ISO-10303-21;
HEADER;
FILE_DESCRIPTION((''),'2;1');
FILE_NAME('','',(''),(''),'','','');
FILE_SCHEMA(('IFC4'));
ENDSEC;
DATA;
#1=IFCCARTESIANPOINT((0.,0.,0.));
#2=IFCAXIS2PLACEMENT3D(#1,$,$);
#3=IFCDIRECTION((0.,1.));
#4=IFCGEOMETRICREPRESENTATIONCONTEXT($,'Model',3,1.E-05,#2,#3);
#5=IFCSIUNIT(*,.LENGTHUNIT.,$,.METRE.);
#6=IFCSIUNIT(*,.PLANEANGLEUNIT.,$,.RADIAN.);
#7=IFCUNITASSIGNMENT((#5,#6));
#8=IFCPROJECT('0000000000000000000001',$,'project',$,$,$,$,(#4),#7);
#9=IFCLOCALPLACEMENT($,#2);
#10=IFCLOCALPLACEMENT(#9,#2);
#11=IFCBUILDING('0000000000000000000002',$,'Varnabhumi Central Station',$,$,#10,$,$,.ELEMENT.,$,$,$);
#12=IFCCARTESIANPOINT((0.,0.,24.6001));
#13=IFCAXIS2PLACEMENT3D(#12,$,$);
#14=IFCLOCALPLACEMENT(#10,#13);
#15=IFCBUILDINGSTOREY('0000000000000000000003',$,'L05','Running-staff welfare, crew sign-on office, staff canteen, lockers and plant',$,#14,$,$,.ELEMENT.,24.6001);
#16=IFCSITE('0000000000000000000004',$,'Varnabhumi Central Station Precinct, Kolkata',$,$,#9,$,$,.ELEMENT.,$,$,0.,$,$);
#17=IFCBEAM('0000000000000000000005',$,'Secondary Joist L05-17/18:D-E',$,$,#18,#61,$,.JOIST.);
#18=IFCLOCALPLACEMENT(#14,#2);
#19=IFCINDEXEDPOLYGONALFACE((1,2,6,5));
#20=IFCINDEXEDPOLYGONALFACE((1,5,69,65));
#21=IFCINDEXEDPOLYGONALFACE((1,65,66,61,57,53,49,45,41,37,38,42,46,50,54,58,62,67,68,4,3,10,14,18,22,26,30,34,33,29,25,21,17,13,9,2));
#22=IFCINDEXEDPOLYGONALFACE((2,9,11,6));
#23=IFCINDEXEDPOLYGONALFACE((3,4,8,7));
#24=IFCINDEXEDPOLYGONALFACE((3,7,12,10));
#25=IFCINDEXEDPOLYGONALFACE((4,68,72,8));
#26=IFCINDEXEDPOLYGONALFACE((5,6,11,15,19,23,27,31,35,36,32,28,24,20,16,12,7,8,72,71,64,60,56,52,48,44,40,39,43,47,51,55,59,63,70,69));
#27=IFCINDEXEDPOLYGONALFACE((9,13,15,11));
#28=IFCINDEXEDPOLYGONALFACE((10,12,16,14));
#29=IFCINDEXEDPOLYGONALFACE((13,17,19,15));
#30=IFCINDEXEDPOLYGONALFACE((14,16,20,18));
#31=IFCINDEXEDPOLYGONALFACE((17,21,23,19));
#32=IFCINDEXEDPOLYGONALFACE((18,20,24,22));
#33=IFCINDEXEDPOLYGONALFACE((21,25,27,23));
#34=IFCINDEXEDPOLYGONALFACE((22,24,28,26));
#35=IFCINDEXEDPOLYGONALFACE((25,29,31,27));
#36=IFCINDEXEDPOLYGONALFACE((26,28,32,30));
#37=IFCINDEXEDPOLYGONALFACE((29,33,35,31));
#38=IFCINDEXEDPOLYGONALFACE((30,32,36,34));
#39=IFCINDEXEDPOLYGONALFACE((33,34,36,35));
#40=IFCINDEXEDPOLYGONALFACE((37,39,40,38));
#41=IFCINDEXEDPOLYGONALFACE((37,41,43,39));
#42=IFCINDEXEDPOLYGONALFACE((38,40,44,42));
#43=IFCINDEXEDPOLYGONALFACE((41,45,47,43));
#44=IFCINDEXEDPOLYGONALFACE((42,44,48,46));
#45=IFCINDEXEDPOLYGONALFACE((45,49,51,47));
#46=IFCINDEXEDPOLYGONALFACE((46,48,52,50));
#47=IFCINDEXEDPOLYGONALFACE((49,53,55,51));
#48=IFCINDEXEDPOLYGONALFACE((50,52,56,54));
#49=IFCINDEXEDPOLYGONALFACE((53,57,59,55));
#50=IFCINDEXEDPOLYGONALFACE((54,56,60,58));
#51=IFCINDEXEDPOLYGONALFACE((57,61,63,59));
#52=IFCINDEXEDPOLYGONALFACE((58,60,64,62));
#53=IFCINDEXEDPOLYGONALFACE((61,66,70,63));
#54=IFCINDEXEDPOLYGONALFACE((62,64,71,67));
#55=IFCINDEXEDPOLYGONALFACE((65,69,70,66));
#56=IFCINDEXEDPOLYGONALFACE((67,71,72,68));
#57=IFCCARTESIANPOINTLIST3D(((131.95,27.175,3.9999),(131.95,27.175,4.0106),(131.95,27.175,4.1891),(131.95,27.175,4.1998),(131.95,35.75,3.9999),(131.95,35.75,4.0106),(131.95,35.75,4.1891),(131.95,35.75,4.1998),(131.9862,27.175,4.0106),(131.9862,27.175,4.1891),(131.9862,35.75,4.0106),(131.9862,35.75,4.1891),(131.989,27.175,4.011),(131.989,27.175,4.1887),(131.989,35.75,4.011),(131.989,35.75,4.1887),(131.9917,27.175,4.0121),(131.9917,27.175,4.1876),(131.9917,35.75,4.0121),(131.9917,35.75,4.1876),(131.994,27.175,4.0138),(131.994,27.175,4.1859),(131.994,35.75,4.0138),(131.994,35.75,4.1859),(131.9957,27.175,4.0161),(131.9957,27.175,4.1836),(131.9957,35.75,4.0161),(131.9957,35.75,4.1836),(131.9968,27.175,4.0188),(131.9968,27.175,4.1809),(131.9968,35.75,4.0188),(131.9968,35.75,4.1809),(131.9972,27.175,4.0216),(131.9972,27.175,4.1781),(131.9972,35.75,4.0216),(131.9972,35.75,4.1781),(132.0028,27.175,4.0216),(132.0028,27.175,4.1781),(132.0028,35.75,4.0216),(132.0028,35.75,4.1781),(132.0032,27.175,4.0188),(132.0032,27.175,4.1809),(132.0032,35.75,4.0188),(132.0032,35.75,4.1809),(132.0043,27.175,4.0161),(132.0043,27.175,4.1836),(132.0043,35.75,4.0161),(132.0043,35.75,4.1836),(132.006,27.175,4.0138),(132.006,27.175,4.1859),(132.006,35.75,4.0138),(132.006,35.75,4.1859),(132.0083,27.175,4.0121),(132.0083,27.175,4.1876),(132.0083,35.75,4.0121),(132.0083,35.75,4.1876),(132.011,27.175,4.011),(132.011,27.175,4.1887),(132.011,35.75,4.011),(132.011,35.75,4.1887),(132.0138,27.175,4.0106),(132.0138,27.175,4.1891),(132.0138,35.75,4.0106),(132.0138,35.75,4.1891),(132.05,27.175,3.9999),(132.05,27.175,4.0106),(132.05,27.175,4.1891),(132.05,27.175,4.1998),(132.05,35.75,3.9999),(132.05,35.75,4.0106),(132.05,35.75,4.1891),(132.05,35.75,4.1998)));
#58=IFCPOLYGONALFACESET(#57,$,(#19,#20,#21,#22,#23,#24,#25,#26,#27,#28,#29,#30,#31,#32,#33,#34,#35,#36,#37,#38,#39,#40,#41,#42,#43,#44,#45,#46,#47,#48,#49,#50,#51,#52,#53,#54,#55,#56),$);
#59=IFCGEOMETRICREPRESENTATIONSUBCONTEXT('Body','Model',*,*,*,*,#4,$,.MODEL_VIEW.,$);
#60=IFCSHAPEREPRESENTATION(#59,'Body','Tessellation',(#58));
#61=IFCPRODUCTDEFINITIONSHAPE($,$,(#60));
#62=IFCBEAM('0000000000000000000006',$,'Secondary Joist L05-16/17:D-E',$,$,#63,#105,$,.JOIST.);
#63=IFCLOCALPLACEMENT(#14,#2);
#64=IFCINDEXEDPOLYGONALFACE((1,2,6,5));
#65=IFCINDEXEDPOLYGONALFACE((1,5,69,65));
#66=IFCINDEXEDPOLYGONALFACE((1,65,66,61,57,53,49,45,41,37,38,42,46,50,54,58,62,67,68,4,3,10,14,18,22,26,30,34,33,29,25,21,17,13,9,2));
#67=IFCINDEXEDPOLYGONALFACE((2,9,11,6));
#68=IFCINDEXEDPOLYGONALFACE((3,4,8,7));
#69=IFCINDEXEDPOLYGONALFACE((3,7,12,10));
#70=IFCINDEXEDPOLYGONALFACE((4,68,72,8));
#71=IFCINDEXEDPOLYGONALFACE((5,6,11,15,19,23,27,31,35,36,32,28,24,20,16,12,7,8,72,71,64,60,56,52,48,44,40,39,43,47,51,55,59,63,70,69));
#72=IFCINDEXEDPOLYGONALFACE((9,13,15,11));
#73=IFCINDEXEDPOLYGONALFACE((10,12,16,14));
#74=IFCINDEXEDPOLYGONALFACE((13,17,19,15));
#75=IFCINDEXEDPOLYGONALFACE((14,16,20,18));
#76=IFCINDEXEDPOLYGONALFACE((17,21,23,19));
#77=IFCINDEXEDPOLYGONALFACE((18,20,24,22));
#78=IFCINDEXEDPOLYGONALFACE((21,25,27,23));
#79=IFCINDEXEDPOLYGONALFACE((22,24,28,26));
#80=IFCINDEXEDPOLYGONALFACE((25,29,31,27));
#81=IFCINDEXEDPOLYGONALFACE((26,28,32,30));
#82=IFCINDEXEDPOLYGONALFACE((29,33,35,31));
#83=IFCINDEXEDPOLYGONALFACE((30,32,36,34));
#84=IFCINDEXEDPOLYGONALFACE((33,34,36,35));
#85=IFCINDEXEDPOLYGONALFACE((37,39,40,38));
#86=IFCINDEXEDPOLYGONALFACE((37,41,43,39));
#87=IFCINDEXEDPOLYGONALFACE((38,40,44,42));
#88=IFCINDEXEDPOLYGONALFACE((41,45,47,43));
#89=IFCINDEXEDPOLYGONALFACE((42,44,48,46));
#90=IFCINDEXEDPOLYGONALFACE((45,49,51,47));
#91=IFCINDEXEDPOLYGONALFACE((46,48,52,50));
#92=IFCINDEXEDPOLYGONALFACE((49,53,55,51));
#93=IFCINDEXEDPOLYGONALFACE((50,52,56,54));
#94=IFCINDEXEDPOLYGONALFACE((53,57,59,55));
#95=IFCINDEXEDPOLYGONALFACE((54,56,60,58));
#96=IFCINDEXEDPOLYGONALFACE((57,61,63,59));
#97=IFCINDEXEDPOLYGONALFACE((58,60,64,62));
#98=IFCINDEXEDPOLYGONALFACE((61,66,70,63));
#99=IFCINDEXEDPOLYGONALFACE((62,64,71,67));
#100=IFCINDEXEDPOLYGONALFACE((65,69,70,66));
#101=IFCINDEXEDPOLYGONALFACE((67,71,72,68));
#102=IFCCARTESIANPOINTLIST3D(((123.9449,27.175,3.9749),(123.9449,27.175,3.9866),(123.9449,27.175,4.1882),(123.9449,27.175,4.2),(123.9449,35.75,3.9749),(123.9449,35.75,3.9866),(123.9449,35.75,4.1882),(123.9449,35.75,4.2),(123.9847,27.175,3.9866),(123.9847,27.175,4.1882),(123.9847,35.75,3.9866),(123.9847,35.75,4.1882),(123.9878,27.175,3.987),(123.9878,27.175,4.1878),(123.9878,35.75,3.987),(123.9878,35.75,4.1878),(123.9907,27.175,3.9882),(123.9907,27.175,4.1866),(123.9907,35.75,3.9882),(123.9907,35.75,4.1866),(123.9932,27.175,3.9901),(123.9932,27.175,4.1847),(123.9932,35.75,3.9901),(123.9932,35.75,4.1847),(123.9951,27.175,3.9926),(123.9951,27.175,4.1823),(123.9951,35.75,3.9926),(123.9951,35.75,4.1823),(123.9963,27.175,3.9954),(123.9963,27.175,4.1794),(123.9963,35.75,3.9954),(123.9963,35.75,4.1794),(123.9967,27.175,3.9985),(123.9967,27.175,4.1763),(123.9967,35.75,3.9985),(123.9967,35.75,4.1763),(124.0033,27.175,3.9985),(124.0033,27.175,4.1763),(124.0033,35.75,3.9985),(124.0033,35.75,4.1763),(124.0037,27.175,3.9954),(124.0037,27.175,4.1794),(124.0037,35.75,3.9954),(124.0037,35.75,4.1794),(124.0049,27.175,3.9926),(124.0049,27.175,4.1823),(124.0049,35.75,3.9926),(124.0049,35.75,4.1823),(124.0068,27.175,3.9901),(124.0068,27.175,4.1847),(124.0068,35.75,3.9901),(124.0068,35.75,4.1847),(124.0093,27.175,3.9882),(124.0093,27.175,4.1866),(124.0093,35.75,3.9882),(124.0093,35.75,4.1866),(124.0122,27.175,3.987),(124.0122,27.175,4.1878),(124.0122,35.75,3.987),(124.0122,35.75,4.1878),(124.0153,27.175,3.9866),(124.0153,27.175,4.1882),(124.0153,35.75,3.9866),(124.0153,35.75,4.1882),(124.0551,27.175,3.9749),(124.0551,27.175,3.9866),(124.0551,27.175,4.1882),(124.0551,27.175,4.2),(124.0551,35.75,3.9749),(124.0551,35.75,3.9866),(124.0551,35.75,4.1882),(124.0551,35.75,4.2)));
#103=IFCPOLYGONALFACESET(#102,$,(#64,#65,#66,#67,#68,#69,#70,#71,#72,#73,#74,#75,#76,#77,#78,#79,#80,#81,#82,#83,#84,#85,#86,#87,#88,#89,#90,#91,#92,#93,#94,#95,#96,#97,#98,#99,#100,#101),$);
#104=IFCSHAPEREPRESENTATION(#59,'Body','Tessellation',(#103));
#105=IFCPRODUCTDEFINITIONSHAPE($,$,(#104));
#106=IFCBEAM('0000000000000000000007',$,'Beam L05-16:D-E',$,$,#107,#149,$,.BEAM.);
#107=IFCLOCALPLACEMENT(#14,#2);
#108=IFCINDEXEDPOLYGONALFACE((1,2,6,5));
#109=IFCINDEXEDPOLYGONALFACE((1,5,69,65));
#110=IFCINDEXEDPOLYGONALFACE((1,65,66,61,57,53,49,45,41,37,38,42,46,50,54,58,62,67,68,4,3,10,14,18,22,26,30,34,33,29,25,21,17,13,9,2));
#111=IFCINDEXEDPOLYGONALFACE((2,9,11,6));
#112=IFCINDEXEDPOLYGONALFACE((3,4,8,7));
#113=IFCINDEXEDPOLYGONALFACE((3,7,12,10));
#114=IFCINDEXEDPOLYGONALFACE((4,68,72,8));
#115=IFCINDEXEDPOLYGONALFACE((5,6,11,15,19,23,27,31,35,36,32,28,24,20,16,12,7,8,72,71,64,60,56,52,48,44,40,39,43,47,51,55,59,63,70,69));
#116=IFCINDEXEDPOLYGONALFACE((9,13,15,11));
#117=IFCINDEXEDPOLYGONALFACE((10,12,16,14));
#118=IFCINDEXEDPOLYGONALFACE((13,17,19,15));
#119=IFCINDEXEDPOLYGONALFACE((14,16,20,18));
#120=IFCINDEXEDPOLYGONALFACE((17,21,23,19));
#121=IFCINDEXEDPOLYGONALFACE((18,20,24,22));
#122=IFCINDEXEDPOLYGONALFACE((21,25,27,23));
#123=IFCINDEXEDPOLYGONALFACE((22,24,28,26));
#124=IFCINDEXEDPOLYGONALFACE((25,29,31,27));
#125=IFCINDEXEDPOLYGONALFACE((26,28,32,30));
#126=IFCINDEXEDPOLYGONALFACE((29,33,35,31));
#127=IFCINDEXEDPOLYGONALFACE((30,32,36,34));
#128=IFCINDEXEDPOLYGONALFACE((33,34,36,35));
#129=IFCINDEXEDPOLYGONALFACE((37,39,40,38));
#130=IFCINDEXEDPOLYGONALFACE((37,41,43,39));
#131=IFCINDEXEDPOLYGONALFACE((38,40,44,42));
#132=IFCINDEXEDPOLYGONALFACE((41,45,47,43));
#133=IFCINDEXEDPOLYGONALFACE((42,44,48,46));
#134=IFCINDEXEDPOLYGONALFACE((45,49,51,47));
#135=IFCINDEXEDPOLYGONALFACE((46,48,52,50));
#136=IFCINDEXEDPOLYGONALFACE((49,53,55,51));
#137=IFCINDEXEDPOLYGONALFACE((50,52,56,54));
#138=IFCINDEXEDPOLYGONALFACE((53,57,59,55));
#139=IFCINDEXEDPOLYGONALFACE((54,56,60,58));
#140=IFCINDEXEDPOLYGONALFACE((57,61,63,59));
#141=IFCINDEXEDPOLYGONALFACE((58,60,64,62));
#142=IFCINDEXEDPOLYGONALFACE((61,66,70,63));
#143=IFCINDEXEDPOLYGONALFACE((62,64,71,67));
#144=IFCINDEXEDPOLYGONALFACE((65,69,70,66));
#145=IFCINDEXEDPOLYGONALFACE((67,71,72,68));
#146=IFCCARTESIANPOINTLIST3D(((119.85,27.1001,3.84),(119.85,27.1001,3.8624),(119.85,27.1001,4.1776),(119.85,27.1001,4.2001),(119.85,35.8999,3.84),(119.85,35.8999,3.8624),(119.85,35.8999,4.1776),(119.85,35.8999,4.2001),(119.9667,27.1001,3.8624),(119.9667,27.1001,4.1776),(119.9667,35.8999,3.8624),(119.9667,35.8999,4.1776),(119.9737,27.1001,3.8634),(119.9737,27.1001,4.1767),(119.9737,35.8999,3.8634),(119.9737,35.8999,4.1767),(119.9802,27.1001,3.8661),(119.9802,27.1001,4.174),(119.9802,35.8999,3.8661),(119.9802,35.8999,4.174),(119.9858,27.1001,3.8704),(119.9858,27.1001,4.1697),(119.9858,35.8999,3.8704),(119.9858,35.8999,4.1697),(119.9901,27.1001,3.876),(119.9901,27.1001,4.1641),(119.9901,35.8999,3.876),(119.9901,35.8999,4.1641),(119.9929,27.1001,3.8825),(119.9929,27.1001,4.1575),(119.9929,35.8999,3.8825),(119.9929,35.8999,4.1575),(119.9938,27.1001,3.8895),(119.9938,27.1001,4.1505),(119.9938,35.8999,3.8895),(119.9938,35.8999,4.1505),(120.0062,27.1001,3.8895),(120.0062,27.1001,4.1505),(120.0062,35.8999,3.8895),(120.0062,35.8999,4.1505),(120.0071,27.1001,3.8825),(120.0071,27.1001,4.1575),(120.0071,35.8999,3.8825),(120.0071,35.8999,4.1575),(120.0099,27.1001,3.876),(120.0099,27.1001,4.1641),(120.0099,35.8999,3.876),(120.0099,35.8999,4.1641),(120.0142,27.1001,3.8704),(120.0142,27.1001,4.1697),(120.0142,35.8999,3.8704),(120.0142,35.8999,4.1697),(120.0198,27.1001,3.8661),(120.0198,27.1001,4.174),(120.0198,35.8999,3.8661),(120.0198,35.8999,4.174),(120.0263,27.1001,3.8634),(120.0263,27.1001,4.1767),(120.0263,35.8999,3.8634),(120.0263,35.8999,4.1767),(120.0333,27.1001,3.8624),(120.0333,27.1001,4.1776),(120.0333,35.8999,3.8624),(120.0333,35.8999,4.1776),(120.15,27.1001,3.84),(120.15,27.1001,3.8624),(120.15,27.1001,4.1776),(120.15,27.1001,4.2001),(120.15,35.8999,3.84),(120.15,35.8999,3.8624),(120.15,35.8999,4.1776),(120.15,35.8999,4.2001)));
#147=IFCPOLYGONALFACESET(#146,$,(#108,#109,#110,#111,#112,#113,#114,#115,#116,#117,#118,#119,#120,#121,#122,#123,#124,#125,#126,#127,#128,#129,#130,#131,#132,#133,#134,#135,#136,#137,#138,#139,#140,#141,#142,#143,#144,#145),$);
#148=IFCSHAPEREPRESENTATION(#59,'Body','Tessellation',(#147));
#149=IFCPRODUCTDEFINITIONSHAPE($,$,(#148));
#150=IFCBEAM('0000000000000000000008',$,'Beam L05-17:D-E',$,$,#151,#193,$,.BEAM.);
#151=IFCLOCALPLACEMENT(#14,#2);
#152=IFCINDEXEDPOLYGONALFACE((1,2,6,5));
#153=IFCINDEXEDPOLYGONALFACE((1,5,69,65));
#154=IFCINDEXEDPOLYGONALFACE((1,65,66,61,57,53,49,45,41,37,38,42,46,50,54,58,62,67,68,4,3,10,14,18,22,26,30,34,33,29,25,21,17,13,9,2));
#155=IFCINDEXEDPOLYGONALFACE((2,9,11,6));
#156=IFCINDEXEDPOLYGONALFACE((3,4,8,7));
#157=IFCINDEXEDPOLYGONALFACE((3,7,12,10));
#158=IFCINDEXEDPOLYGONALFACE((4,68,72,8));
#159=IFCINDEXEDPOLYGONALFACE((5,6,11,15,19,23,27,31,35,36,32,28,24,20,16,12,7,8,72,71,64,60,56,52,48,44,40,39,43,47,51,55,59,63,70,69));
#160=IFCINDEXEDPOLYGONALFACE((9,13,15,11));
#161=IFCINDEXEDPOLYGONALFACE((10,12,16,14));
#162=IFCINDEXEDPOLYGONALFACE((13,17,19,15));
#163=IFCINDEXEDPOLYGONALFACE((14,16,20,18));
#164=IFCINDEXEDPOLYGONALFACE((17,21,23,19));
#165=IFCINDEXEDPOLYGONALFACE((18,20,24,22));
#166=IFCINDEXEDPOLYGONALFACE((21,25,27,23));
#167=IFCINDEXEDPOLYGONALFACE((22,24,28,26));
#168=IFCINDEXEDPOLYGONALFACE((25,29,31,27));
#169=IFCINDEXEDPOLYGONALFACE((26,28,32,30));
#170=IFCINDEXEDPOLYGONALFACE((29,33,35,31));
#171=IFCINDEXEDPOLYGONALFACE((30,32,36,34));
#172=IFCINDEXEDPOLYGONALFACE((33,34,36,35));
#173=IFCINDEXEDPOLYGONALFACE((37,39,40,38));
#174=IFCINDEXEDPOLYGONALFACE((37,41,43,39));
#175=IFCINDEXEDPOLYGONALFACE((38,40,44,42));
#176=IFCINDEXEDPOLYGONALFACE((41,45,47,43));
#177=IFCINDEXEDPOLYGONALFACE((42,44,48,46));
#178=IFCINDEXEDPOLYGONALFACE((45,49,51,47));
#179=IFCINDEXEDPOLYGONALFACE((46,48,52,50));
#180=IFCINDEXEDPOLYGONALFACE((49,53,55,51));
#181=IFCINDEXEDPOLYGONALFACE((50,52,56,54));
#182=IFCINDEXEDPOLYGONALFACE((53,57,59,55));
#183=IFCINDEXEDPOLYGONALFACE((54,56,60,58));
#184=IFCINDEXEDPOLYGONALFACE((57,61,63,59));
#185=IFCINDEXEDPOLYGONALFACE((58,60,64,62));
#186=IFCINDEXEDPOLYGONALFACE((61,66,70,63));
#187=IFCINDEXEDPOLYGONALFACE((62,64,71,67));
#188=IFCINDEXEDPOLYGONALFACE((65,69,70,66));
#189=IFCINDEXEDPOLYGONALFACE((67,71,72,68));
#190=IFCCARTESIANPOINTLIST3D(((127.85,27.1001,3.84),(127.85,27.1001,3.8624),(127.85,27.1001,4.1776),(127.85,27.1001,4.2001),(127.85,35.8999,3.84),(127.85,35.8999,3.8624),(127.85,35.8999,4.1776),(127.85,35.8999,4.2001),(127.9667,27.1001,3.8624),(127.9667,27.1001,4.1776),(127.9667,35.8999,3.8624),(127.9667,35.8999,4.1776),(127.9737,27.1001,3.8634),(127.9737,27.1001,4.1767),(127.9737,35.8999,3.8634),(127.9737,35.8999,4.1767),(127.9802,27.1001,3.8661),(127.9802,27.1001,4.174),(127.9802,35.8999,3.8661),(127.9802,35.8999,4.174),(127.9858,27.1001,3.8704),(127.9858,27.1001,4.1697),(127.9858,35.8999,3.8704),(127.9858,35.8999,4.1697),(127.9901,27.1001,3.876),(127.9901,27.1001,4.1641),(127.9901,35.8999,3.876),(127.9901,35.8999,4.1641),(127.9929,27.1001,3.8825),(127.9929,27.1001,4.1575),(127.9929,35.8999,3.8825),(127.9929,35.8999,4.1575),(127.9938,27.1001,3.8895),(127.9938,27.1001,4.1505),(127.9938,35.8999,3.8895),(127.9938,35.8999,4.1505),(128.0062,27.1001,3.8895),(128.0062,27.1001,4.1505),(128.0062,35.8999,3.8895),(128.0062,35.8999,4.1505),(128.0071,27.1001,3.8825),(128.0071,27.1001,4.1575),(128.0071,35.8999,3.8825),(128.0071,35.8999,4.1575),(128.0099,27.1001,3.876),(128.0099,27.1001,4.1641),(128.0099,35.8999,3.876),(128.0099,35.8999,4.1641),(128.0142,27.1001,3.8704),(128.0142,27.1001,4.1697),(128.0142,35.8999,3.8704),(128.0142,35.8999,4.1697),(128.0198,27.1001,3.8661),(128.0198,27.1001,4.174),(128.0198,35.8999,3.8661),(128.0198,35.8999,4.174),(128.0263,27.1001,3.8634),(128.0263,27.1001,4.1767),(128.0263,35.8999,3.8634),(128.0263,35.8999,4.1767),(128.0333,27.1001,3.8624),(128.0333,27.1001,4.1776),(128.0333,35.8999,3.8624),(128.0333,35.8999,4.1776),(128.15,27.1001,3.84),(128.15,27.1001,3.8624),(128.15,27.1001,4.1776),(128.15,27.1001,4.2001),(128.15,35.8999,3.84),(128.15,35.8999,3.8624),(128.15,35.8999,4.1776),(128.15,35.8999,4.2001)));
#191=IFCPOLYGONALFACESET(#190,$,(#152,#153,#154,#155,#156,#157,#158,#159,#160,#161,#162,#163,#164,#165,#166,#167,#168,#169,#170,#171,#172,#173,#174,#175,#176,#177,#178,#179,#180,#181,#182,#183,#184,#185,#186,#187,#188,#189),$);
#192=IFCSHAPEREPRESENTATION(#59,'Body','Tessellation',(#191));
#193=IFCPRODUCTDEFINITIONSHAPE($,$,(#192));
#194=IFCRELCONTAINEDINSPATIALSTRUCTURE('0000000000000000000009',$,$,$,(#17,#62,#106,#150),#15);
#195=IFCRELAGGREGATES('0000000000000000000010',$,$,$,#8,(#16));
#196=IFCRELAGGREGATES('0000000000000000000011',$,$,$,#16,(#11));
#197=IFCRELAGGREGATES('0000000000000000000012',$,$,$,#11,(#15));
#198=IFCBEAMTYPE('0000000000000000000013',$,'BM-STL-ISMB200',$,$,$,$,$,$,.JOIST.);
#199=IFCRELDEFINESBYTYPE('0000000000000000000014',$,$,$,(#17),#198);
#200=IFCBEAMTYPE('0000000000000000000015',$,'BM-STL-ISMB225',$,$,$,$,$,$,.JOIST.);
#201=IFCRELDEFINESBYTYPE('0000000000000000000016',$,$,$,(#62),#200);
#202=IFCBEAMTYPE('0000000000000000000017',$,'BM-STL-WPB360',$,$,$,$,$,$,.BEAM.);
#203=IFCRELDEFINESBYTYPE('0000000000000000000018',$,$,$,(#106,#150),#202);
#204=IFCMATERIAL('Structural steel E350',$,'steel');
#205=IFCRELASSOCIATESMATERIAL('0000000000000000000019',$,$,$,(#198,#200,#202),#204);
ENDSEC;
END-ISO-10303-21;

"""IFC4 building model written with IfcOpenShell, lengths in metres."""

from ifc_helpers import new_model, si_unit, direction, frame, origin, origin_2d, place, context, subcontext, project, spatial, i_section, extrude, material, material_profile, profile_set, type_object, element, save


model = new_model("IFC4")

# Units and contexts
model_context = context("Model", 3, precision=1e-05, world=origin(), true_north=direction((0.0, 1.0)))
body_context = subcontext(model_context, "Body", "Model", "MODEL_VIEW")
ifc_project = project(units=[si_unit("LENGTHUNIT", "METRE"), si_unit("PLANEANGLEUNIT", "RADIAN")], contexts=[model_context])

# Site, building, storey
site_placement = place(None, origin())
site = spatial("IfcSite", under=ifc_project, at=site_placement, Name="Varnabhumi Central Station Precinct, Kolkata", CompositionType="ELEMENT", RefElevation=0.0)
building_placement = place(site_placement, origin())
building = spatial("IfcBuilding", under=site, at=building_placement, Name="Varnabhumi Central Station", CompositionType="ELEMENT")
storey_placement = place(building_placement, frame((0.0, 0.0, 24.6001)))
storey = spatial("IfcBuildingStorey", under=building, at=storey_placement, Name="L05", Description="Running-staff welfare, crew sign-on office, staff canteen, lockers and plant", CompositionType="ELEMENT", Elevation=24.6001)

# Beams
ifc_material_1 = material(Name="Structural steel E350", Category="steel")
ifc_material_profile_1 = material_profile(ifc_material_1, i_section(OverallWidth=0.1001, OverallDepth=0.2, WebThickness=0.0056, FlangeThickness=0.0107, FilletRadius=0.011, at=origin_2d()), Name="Structural steel E350", Category="steel")
ifc_profile_set_1 = profile_set([ifc_material_profile_1], Name="Structural steel E350")
beam_type_1 = type_object("IfcBeamType", Name="BM-STL-ISMB200", PredefinedType="JOIST", material=ifc_profile_set_1)
beam_1_placement = place(storey_placement, frame((132.0, 27.175, 4.0999), z_axis=(0.0, 1.0, 0.0), x_axis=(-1.0, 0.0, 0.0)))
element("IfcBeam", 1, at=beam_1_placement, inside=storey, type_object=beam_type_1, Name="Secondary Joist L05-17/18:D-E", PredefinedType="JOIST", context=body_context, shape_type="SweptSolid", body=[
    extrude(i_section(OverallWidth=0.1001, OverallDepth=0.2, WebThickness=0.0056, FlangeThickness=0.0107, FilletRadius=0.011, at=origin_2d()), origin(), (0.0, 0.0, 1.0), 8.575),
])
ifc_material_profile_2 = material_profile(ifc_material_1, i_section(OverallWidth=0.1101, OverallDepth=0.2251, WebThickness=0.0066, FlangeThickness=0.0117, FilletRadius=0.012, at=origin_2d()), Name="Structural steel E350", Category="steel")
ifc_profile_set_2 = profile_set([ifc_material_profile_2], Name="Structural steel E350")
beam_type_2 = type_object("IfcBeamType", Name="BM-STL-ISMB225", PredefinedType="JOIST", material=ifc_profile_set_2)
beam_2_placement = place(storey_placement, frame((124.0, 27.175, 4.0874), z_axis=(0.0, 1.0, 0.0), x_axis=(-1.0, 0.0, 0.0)))
element("IfcBeam", 2, at=beam_2_placement, inside=storey, type_object=beam_type_2, Name="Secondary Joist L05-16/17:D-E", PredefinedType="JOIST", context=body_context, shape_type="SweptSolid", body=[
    extrude(i_section(OverallWidth=0.1101, OverallDepth=0.2251, WebThickness=0.0066, FlangeThickness=0.0117, FilletRadius=0.012, at=origin_2d()), origin(), (0.0, 0.0, 1.0), 8.575),
])
ifc_material_profile_3 = material_profile(ifc_material_1, i_section(OverallWidth=0.3, OverallDepth=0.3601, WebThickness=0.0125, FlangeThickness=0.0225, FilletRadius=0.0271, at=origin_2d()), Name="Structural steel E350", Category="steel")
ifc_profile_set_3 = profile_set([ifc_material_profile_3], Name="Structural steel E350")
beam_type_3 = type_object("IfcBeamType", Name="BM-STL-WPB360", PredefinedType="BEAM", material=ifc_profile_set_3)
for number, where, z_axis, x_axis, name in (
    (3, (120.0, 27.1001, 4.02), (0.0, 1.0, 0.0), (-1.0, 0.0, 0.0), "Beam L05-16:D-E"),
    (4, (128.0, 27.1001, 4.02), (0.0, 1.0, 0.0), (-1.0, 0.0, 0.0), "Beam L05-17:D-E"),
):
    element("IfcBeam", number, at=place(storey_placement, frame(where, z_axis=z_axis, x_axis=x_axis)), inside=storey, type_object=beam_type_3, Name=name, PredefinedType="BEAM", context=body_context, shape_type="SweptSolid", body=[
        extrude(i_section(OverallWidth=0.3, OverallDepth=0.3601, WebThickness=0.0125, FlangeThickness=0.0225, FilletRadius=0.0271, at=origin_2d()), origin(), (0.0, 0.0, 1.0), 8.7998),
    ])

save(model, "model.ifc")
